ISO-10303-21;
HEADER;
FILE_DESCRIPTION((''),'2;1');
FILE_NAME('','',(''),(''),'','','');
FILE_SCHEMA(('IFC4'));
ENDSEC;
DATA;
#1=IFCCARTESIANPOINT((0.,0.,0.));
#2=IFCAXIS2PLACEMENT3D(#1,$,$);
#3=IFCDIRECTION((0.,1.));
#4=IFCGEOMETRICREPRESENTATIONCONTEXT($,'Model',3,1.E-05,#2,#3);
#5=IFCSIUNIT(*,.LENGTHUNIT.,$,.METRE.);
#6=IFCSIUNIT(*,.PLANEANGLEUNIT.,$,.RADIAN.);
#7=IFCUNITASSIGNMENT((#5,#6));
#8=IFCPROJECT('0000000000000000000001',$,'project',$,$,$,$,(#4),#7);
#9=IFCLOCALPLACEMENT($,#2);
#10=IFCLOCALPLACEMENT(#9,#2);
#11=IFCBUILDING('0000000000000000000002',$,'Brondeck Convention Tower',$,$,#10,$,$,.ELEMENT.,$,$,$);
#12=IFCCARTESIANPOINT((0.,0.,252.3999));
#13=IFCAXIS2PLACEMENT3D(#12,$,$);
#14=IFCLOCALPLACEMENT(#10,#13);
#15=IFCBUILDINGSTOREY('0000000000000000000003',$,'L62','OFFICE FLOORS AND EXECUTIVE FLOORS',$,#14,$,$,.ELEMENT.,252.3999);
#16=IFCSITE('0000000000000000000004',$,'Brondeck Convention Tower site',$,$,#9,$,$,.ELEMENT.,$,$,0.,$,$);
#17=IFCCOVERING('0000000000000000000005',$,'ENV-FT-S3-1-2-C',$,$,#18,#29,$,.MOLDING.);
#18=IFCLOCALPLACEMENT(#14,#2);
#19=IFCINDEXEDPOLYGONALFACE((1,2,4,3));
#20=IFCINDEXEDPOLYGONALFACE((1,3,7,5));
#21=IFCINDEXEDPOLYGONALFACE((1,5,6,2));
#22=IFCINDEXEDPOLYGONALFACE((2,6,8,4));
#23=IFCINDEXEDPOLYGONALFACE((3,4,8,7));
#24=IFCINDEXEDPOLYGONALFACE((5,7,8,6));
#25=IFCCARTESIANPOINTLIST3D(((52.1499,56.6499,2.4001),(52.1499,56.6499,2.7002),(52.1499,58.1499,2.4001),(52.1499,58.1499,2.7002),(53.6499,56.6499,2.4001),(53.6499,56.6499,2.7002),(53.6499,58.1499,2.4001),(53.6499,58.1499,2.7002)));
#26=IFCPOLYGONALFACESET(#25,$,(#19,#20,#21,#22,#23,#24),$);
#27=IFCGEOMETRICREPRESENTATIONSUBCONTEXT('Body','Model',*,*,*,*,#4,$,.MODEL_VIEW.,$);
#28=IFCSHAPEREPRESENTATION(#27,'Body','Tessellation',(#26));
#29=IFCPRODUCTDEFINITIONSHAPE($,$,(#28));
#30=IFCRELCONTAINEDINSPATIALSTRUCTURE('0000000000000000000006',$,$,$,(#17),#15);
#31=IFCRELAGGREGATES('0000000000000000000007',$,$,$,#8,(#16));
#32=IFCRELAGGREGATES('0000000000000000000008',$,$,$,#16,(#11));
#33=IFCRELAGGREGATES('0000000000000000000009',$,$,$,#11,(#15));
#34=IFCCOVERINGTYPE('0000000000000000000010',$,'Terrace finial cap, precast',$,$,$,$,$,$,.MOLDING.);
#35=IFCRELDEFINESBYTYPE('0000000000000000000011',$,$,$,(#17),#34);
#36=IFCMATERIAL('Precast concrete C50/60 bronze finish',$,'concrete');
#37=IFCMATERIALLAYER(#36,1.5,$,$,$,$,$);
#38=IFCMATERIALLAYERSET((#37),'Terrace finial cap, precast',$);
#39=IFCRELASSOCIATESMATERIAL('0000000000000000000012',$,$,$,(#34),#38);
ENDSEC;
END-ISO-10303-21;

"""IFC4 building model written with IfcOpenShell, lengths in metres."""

from ifc_helpers import new_model, si_unit, direction, frame, origin, place, context, subcontext, project, spatial, polyline, outline, extrude, material, layer, layer_set, type_object, element, save


model = new_model("IFC4")

# Units and contexts
model_context = context("Model", 3, precision=1e-05, world=origin(), true_north=direction((0.0, 1.0)))
body_context = subcontext(model_context, "Body", "Model", "MODEL_VIEW")
ifc_project = project(units=[si_unit("LENGTHUNIT", "METRE"), si_unit("PLANEANGLEUNIT", "RADIAN")], contexts=[model_context])

# Site, building, storey
site_placement = place(None, origin())
site = spatial("IfcSite", under=ifc_project, at=site_placement, Name="Brondeck Convention Tower site", CompositionType="ELEMENT", RefElevation=0.0)
building_placement = place(site_placement, origin())
building = spatial("IfcBuilding", under=site, at=building_placement, Name="Brondeck Convention Tower", CompositionType="ELEMENT")
storey_placement = place(building_placement, frame((0.0, 0.0, 252.3999)))
storey = spatial("IfcBuildingStorey", under=building, at=storey_placement, Name="L62", Description="OFFICE FLOORS AND EXECUTIVE FLOORS", CompositionType="ELEMENT", Elevation=252.3999)

# Shared definitions
ifc_material_1 = material(Name="Precast concrete C50/60 bronze finish", Category="concrete")

# Covering
ifc_layer_1 = layer(ifc_material_1, 1.5)
ifc_layer_set_1 = layer_set([ifc_layer_1], Name="Terrace finial cap, precast")
covering_type = type_object("IfcCoveringType", Name="Terrace finial cap, precast", PredefinedType="MOLDING", material=ifc_layer_set_1)
covering_1_placement = place(storey_placement, frame((0.0, 0.0, 2.4001)))
element("IfcCovering", 1, at=covering_1_placement, inside=storey, type_object=covering_type, Name="ENV-FT-S3-1-2-C", PredefinedType="MOLDING", context=body_context, shape_type="SweptSolid", body=[
    extrude(outline(polyline([(53.6499, 56.6499), (53.6499, 58.1499), (52.1499, 58.1499), (52.1499, 56.6499), (53.6499, 56.6499)])), origin(), (0.0, 0.0, 1.0), 0.3),
])

save(model, "model.ifc")
